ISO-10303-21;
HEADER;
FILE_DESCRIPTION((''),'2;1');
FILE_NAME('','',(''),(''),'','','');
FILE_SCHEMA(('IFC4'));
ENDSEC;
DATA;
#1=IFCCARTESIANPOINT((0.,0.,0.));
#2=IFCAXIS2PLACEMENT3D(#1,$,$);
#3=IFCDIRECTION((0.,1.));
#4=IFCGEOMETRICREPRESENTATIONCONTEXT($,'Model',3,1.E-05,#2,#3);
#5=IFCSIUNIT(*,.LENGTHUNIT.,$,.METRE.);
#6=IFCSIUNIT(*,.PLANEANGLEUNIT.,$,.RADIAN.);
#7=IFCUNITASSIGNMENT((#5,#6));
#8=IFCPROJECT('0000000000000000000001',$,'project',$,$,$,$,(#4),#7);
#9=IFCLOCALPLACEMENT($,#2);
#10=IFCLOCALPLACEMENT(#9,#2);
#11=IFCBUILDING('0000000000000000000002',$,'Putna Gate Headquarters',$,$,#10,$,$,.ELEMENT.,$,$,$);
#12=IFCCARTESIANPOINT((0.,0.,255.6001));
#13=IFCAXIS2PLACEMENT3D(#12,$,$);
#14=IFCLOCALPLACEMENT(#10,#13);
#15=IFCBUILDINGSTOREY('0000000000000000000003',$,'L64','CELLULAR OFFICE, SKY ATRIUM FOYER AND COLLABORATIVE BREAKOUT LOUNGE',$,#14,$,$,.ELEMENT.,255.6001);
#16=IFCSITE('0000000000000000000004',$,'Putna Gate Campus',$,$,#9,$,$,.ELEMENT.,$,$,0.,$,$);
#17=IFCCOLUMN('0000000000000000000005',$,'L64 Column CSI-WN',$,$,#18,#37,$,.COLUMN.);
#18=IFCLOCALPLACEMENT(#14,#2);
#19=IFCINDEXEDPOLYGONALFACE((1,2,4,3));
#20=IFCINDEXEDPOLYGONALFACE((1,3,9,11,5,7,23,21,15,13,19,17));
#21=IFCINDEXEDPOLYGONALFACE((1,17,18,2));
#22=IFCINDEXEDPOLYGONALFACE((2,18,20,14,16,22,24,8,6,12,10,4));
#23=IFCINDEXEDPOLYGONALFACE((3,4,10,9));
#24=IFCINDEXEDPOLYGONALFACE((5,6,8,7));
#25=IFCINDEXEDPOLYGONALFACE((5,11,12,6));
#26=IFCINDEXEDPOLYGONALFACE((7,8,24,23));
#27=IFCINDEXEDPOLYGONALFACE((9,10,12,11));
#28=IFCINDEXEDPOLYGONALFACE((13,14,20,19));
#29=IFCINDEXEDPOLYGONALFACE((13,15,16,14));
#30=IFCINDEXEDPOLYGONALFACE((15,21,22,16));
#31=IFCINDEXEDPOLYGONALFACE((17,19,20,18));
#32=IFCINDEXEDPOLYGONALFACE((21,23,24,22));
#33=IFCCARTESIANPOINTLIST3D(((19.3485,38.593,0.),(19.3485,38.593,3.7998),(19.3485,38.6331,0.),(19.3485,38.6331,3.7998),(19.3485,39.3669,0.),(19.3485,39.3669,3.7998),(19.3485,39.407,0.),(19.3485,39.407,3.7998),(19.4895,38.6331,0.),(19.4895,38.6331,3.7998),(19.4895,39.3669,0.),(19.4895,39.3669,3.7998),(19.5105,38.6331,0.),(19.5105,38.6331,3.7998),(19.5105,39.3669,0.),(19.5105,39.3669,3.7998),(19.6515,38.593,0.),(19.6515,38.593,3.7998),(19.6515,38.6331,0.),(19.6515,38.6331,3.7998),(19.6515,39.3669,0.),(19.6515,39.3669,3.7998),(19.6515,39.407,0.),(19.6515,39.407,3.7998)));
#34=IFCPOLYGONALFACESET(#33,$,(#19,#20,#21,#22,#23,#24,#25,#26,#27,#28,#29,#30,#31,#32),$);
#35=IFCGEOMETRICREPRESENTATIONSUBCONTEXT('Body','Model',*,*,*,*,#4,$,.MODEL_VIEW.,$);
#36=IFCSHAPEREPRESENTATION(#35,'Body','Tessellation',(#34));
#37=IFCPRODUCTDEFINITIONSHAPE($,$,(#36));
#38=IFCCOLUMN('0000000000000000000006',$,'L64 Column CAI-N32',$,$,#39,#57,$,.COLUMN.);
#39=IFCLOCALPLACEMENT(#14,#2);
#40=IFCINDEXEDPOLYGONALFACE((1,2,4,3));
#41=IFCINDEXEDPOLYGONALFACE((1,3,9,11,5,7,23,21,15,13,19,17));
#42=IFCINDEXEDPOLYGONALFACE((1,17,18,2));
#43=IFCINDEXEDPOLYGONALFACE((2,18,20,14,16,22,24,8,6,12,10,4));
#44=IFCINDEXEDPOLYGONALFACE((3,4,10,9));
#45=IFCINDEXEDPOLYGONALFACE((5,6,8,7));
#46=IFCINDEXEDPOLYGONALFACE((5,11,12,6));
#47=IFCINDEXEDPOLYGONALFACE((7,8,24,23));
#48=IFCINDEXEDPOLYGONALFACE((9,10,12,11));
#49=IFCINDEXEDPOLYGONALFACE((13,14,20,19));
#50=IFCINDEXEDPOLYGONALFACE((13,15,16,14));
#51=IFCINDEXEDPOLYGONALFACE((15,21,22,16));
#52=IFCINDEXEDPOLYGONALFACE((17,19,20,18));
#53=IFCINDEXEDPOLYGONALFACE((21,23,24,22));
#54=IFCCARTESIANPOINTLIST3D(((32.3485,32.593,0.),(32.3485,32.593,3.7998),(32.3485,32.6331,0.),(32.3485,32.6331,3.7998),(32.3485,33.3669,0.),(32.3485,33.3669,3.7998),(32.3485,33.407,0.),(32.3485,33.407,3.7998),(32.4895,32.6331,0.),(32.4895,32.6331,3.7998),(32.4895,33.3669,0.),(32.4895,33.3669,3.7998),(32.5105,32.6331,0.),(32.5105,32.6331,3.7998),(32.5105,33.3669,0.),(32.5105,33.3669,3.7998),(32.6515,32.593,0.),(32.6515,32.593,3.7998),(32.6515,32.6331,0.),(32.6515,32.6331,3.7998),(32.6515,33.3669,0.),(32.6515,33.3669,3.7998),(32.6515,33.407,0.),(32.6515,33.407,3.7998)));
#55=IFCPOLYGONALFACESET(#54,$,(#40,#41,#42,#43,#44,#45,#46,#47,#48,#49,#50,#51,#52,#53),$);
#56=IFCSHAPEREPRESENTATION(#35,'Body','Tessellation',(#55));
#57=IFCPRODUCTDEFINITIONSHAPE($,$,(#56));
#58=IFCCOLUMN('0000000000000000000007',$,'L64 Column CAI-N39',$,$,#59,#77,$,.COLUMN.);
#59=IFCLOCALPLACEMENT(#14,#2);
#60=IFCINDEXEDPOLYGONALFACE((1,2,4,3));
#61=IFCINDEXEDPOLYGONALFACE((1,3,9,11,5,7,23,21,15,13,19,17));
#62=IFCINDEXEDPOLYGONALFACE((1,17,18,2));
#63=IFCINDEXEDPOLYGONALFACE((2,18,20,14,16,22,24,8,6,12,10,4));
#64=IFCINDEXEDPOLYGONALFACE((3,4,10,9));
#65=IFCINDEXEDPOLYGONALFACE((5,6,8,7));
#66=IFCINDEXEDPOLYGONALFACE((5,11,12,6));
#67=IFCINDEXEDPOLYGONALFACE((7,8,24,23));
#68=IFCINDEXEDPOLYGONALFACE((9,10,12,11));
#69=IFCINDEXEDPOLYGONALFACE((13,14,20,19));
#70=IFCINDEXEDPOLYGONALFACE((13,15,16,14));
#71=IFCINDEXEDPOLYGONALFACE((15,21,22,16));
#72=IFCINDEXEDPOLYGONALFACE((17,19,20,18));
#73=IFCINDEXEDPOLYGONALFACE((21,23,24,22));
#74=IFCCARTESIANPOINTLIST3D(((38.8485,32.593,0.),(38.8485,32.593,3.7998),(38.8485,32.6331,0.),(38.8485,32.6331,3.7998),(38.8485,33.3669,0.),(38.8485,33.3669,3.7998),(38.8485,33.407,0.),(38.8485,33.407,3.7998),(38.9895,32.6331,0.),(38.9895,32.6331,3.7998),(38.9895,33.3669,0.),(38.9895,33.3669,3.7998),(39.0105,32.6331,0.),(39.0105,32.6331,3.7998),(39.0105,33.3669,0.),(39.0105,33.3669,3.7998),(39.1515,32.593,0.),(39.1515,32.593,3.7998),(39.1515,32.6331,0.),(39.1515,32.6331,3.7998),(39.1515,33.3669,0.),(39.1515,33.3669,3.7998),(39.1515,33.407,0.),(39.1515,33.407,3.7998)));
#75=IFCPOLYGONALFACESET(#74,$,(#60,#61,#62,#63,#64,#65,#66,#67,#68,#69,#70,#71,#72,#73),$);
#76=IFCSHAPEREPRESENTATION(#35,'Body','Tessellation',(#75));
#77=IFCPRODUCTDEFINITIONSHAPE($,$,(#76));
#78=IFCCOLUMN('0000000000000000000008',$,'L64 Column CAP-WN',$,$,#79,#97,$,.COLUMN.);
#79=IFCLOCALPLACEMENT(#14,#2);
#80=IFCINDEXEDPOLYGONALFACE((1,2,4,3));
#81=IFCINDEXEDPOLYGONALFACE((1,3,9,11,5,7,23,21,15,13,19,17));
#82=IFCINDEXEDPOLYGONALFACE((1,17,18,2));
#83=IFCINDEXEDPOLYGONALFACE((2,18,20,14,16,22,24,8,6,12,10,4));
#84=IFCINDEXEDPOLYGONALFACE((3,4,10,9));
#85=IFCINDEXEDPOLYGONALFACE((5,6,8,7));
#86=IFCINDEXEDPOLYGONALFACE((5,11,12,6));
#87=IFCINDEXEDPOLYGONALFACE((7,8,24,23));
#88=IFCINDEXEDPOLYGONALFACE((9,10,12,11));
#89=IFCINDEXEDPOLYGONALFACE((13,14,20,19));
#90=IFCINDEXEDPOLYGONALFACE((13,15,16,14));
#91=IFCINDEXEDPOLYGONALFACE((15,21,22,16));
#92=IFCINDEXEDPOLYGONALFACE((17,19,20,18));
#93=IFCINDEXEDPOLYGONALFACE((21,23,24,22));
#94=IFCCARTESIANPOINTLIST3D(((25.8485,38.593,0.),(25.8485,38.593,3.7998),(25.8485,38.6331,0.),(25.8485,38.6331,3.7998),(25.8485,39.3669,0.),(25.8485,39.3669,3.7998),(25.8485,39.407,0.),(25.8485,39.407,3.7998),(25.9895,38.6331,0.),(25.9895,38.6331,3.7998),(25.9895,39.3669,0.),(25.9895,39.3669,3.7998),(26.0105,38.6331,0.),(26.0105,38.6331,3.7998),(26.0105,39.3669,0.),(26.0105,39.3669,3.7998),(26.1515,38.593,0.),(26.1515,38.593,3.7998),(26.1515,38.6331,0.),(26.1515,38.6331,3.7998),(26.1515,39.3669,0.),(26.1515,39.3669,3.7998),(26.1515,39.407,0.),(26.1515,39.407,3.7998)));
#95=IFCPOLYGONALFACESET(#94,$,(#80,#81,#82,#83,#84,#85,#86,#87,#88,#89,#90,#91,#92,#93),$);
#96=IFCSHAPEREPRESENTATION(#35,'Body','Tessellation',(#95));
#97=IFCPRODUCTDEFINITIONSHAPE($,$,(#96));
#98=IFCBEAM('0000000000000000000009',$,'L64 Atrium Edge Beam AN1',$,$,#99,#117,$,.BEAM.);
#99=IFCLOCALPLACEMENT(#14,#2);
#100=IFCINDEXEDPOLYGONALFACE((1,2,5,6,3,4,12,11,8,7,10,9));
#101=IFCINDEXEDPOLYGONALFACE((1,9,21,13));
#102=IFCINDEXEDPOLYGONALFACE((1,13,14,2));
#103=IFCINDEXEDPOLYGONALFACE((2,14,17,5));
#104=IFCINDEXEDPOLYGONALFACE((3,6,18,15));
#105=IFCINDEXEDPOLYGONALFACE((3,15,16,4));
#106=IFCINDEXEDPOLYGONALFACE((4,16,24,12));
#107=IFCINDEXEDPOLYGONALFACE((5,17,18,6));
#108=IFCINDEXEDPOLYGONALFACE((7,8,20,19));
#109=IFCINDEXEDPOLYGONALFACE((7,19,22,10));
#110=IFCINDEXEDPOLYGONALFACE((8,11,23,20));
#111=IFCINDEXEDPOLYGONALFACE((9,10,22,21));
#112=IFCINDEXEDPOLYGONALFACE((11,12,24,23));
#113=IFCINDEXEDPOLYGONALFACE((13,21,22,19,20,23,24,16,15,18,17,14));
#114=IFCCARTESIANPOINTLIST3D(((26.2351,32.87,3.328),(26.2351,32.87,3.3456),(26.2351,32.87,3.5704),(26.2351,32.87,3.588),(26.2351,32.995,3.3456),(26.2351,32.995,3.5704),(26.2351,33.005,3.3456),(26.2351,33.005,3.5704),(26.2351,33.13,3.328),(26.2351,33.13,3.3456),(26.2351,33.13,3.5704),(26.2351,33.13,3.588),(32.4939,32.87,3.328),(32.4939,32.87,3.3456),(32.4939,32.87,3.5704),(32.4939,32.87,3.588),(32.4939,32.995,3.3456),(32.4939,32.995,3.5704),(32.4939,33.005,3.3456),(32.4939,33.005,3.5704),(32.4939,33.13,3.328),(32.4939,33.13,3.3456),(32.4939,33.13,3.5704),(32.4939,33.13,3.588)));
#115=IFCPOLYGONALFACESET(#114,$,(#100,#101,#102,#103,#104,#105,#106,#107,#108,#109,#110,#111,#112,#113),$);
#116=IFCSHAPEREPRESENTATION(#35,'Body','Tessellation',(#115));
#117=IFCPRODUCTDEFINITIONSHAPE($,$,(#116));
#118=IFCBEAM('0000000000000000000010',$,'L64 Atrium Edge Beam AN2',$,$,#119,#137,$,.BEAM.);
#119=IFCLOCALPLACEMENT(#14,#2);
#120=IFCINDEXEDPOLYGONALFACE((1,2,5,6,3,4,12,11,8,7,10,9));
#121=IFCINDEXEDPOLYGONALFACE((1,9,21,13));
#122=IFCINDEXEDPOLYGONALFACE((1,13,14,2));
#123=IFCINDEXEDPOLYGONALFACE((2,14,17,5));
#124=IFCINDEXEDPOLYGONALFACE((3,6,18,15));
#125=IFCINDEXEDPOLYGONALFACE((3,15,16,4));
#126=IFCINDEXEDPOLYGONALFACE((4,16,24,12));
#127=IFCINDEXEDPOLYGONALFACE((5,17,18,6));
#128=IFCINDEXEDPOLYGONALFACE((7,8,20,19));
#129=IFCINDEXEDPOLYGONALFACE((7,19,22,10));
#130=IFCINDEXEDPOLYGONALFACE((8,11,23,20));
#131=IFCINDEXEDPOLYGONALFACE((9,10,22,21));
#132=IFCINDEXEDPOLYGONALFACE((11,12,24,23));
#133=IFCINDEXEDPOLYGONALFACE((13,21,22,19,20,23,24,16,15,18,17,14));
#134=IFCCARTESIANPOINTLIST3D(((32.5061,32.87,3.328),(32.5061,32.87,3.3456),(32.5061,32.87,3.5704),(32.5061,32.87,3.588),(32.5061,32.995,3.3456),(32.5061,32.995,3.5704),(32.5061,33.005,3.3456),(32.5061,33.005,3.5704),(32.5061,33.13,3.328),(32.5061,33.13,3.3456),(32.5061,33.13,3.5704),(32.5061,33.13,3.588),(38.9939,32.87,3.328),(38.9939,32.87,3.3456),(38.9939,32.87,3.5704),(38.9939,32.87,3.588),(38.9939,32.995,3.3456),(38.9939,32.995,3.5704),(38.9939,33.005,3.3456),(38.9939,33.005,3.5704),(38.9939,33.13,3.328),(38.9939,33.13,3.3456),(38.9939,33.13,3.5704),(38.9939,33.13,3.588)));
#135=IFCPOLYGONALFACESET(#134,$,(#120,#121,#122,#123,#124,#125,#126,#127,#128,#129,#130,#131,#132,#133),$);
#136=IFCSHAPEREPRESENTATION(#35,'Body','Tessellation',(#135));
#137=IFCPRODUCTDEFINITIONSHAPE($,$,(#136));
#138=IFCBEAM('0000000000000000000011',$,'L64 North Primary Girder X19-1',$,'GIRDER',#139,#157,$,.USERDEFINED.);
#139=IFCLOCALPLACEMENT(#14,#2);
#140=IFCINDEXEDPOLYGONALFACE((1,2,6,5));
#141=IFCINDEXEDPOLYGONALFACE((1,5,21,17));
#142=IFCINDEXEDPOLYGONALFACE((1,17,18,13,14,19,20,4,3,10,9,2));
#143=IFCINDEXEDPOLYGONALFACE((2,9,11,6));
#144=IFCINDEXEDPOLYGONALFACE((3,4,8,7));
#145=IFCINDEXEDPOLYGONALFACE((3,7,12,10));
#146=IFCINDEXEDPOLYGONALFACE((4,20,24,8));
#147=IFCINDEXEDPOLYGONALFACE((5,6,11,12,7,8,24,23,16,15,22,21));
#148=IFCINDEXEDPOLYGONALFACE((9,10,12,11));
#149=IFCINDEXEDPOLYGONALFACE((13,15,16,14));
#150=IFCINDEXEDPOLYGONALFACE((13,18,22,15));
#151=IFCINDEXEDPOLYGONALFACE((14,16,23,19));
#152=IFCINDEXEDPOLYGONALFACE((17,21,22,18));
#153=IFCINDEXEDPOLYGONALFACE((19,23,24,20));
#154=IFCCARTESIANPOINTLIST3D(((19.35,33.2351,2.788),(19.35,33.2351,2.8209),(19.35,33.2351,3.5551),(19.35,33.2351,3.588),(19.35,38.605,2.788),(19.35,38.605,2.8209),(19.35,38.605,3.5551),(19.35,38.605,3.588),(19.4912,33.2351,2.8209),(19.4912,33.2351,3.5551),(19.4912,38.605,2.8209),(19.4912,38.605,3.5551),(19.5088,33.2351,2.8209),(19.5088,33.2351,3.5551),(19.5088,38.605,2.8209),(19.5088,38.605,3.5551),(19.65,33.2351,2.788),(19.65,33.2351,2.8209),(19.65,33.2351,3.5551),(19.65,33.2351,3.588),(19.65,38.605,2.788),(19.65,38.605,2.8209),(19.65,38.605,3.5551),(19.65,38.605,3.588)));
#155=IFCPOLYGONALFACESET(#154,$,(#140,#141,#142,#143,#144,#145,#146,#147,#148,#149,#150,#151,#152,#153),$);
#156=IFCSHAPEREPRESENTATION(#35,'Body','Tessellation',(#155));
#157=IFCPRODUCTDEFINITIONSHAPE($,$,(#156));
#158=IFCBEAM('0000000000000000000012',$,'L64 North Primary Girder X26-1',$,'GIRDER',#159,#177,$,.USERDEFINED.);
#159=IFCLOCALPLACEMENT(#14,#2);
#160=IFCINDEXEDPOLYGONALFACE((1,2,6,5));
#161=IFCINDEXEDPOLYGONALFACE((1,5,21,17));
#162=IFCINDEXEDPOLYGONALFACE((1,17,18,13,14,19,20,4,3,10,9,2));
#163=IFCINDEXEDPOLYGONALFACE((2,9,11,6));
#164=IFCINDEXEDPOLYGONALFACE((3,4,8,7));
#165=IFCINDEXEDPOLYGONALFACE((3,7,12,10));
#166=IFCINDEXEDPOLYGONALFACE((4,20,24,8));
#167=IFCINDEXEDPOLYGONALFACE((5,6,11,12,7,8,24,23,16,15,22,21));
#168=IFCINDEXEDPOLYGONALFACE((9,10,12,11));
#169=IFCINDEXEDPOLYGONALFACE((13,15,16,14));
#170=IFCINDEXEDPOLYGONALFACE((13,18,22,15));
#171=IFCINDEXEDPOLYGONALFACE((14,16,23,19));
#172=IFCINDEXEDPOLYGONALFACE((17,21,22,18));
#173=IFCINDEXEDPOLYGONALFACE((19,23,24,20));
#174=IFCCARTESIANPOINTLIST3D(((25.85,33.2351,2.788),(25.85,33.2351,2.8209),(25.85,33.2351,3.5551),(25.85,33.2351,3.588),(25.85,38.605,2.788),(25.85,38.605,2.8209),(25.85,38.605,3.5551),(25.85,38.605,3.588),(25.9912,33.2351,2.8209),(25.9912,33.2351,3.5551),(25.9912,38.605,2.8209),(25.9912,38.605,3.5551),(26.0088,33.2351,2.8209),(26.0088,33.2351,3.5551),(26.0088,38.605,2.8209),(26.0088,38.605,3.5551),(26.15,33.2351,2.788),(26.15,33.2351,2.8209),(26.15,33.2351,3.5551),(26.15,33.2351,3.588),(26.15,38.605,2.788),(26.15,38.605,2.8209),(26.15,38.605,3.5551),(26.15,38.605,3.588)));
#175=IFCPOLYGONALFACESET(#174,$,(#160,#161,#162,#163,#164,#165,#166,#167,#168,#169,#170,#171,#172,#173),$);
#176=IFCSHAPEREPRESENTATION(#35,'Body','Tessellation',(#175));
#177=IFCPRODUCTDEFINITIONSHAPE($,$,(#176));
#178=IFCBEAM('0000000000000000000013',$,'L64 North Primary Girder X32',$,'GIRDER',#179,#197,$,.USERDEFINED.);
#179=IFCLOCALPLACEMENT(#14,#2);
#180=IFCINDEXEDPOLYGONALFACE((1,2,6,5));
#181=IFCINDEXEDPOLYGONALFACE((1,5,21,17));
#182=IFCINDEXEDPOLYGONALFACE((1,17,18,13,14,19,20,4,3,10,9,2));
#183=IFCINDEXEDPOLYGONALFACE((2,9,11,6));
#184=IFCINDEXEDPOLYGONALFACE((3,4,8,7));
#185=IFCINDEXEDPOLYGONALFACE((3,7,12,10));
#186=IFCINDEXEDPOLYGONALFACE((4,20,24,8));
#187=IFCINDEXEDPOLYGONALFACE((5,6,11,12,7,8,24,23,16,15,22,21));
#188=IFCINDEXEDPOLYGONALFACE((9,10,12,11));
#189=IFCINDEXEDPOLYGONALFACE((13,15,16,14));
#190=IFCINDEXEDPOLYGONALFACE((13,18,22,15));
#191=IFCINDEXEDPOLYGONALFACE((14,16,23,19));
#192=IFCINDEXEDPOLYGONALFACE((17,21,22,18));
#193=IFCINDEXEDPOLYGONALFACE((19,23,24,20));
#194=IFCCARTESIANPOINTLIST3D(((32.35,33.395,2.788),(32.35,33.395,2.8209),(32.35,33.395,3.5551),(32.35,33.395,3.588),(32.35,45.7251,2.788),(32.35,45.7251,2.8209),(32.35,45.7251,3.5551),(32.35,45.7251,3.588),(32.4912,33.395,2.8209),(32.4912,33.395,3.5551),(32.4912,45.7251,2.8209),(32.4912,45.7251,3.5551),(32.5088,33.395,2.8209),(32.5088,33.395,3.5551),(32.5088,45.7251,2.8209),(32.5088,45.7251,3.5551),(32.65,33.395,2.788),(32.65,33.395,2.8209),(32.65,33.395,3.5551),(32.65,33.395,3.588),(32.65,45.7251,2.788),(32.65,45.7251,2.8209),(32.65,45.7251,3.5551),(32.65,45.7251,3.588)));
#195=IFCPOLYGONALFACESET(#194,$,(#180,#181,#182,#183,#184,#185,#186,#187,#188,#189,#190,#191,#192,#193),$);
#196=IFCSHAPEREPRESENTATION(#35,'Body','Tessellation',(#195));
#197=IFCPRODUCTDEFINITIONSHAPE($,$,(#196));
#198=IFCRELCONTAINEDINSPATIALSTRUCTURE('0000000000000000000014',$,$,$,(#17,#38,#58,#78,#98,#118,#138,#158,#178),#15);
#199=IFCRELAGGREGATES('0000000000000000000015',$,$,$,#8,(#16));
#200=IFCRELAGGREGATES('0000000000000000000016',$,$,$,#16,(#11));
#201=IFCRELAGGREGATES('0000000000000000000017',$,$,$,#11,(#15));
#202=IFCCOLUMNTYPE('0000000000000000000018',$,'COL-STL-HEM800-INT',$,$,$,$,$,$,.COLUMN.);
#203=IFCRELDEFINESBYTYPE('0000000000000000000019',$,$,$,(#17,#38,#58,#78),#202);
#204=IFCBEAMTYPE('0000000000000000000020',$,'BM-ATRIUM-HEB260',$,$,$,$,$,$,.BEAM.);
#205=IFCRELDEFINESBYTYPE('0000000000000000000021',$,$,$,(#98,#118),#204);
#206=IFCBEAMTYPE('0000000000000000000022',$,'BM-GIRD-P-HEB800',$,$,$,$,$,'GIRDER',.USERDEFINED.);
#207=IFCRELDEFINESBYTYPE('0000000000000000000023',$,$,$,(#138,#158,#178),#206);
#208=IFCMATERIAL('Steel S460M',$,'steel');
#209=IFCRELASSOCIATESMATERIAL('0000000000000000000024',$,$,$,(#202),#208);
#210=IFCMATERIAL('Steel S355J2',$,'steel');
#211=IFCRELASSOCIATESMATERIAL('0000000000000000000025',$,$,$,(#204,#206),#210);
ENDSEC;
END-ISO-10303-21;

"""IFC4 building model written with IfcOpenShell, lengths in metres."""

from ifc_helpers import new_model, si_unit, direction, frame, origin, origin_2d, place, context, subcontext, project, spatial, i_section, extrude, material, material_profile, profile_set, type_object, element, save


model = new_model("IFC4")

# Units and contexts
model_context = context("Model", 3, precision=1e-05, world=origin(), true_north=direction((0.0, 1.0)))
body_context = subcontext(model_context, "Body", "Model", "MODEL_VIEW")
ifc_project = project(units=[si_unit("LENGTHUNIT", "METRE"), si_unit("PLANEANGLEUNIT", "RADIAN")], contexts=[model_context])

# Site, building, storey
site_placement = place(None, origin())
site = spatial("IfcSite", under=ifc_project, at=site_placement, Name="Putna Gate Campus", CompositionType="ELEMENT", RefElevation=0.0)
building_placement = place(site_placement, origin())
building = spatial("IfcBuilding", under=site, at=building_placement, Name="Putna Gate Headquarters", CompositionType="ELEMENT")
storey_placement = place(building_placement, frame((0.0, 0.0, 255.6001)))
storey = spatial("IfcBuildingStorey", under=building, at=storey_placement, Name="L64", Description="CELLULAR OFFICE, SKY ATRIUM FOYER AND COLLABORATIVE BREAKOUT LOUNGE", CompositionType="ELEMENT", Elevation=255.6001)

# Columns
ifc_material_1 = material(Name="Steel S460M", Category="steel")
ifc_material_profile_1 = material_profile(ifc_material_1, i_section(OverallWidth=0.303, OverallDepth=0.814, WebThickness=0.021, FlangeThickness=0.04, at=origin_2d()), Name="Steel S460M")
ifc_profile_set_1 = profile_set([ifc_material_profile_1], Name="Steel S460M")
column_type = type_object("IfcColumnType", Name="COL-STL-HEM800-INT", PredefinedType="COLUMN", material=ifc_profile_set_1)
for number, where, z_axis, x_axis, name in (
    (1, (19.5, 39.0, 0.0), (0.0, 0.0, 1.0), (1.0, 0.0, 0.0), "L64 Column CSI-WN"),
    (2, (32.5, 33.0, 0.0), (0.0, 0.0, 1.0), (1.0, 0.0, 0.0), "L64 Column CAI-N32"),
    (3, (39.0, 33.0, 0.0), (0.0, 0.0, 1.0), (1.0, 0.0, 0.0), "L64 Column CAI-N39"),
    (4, (26.0, 39.0, 0.0), (0.0, 0.0, 1.0), (1.0, 0.0, 0.0), "L64 Column CAP-WN"),
):
    element("IfcColumn", number, at=place(storey_placement, frame(where, z_axis=z_axis, x_axis=x_axis)), inside=storey, type_object=column_type, Name=name, PredefinedType="COLUMN", context=body_context, shape_type="SweptSolid", body=[
        extrude(i_section(OverallWidth=0.303, OverallDepth=0.814, WebThickness=0.021, FlangeThickness=0.04, at=origin_2d()), origin(), (0.0, 0.0, 1.0), 3.7998),
    ])

# Beams
ifc_material_2 = material(Name="Steel S355J2", Category="steel")
ifc_material_profile_2 = material_profile(ifc_material_2, i_section(OverallWidth=0.26, OverallDepth=0.26, WebThickness=0.01, FlangeThickness=0.0176, at=origin_2d()), Name="Steel S355J2")
ifc_profile_set_2 = profile_set([ifc_material_profile_2], Name="Steel S355J2")
beam_type_1 = type_object("IfcBeamType", Name="BM-ATRIUM-HEB260", PredefinedType="BEAM", material=ifc_profile_set_2)
beam_1_placement = place(storey_placement, frame((26.2351, 33.0, 3.458), z_axis=(1.0, 0.0, 0.0), x_axis=(0.0, 1.0, 0.0)))
element("IfcBeam", 5, at=beam_1_placement, inside=storey, type_object=beam_type_1, Name="L64 Atrium Edge Beam AN1", PredefinedType="BEAM", context=body_context, shape_type="SweptSolid", body=[
    extrude(i_section(OverallWidth=0.26, OverallDepth=0.26, WebThickness=0.01, FlangeThickness=0.0176, at=origin_2d()), origin(), (0.0, 0.0, 1.0), 6.2588),
])
beam_2_placement = place(storey_placement, frame((32.5061, 33.0, 3.458), z_axis=(1.0, 0.0, 0.0), x_axis=(0.0, 1.0, 0.0)))
element("IfcBeam", 6, at=beam_2_placement, inside=storey, type_object=beam_type_1, Name="L64 Atrium Edge Beam AN2", PredefinedType="BEAM", context=body_context, shape_type="SweptSolid", body=[
    extrude(i_section(OverallWidth=0.26, OverallDepth=0.26, WebThickness=0.01, FlangeThickness=0.0176, at=origin_2d()), origin(), (0.0, 0.0, 1.0), 6.4878),
])
ifc_material_profile_3 = material_profile(ifc_material_2, i_section(OverallWidth=0.3, OverallDepth=0.8, WebThickness=0.0176, FlangeThickness=0.033, at=origin_2d()), Name="Steel S355J2")
ifc_profile_set_3 = profile_set([ifc_material_profile_3], Name="Steel S355J2")
beam_type_2 = type_object("IfcBeamType", Name="BM-GIRD-P-HEB800", ElementType="GIRDER", PredefinedType="USERDEFINED", material=ifc_profile_set_3)
for number, where, z_axis, x_axis, name in (
    (7, (19.5, 33.2351, 3.188), (0.0, 1.0, 0.0), (-1.0, 0.0, 0.0), "L64 North Primary Girder X19-1"),
    (8, (26.0, 33.2351, 3.188), (0.0, 1.0, 0.0), (-1.0, 0.0, 0.0), "L64 North Primary Girder X26-1"),
):
    element("IfcBeam", number, at=place(storey_placement, frame(where, z_axis=z_axis, x_axis=x_axis)), inside=storey, type_object=beam_type_2, Name=name, ObjectType="GIRDER", PredefinedType="USERDEFINED", context=body_context, shape_type="SweptSolid", body=[
        extrude(i_section(OverallWidth=0.3, OverallDepth=0.8, WebThickness=0.0176, FlangeThickness=0.033, at=origin_2d()), origin(), (0.0, 0.0, 1.0), 5.3699),
    ])
beam_3_placement = place(storey_placement, frame((32.5, 33.395, 3.188), z_axis=(0.0, 1.0, 0.0), x_axis=(-1.0, 0.0, 0.0)))
element("IfcBeam", 9, at=beam_3_placement, inside=storey, type_object=beam_type_2, Name="L64 North Primary Girder X32", ObjectType="GIRDER", PredefinedType="USERDEFINED", context=body_context, shape_type="SweptSolid", body=[
    extrude(i_section(OverallWidth=0.3, OverallDepth=0.8, WebThickness=0.0176, FlangeThickness=0.033, at=origin_2d()), origin(), (0.0, 0.0, 1.0), 12.3301),
])

save(model, "model.ifc")
